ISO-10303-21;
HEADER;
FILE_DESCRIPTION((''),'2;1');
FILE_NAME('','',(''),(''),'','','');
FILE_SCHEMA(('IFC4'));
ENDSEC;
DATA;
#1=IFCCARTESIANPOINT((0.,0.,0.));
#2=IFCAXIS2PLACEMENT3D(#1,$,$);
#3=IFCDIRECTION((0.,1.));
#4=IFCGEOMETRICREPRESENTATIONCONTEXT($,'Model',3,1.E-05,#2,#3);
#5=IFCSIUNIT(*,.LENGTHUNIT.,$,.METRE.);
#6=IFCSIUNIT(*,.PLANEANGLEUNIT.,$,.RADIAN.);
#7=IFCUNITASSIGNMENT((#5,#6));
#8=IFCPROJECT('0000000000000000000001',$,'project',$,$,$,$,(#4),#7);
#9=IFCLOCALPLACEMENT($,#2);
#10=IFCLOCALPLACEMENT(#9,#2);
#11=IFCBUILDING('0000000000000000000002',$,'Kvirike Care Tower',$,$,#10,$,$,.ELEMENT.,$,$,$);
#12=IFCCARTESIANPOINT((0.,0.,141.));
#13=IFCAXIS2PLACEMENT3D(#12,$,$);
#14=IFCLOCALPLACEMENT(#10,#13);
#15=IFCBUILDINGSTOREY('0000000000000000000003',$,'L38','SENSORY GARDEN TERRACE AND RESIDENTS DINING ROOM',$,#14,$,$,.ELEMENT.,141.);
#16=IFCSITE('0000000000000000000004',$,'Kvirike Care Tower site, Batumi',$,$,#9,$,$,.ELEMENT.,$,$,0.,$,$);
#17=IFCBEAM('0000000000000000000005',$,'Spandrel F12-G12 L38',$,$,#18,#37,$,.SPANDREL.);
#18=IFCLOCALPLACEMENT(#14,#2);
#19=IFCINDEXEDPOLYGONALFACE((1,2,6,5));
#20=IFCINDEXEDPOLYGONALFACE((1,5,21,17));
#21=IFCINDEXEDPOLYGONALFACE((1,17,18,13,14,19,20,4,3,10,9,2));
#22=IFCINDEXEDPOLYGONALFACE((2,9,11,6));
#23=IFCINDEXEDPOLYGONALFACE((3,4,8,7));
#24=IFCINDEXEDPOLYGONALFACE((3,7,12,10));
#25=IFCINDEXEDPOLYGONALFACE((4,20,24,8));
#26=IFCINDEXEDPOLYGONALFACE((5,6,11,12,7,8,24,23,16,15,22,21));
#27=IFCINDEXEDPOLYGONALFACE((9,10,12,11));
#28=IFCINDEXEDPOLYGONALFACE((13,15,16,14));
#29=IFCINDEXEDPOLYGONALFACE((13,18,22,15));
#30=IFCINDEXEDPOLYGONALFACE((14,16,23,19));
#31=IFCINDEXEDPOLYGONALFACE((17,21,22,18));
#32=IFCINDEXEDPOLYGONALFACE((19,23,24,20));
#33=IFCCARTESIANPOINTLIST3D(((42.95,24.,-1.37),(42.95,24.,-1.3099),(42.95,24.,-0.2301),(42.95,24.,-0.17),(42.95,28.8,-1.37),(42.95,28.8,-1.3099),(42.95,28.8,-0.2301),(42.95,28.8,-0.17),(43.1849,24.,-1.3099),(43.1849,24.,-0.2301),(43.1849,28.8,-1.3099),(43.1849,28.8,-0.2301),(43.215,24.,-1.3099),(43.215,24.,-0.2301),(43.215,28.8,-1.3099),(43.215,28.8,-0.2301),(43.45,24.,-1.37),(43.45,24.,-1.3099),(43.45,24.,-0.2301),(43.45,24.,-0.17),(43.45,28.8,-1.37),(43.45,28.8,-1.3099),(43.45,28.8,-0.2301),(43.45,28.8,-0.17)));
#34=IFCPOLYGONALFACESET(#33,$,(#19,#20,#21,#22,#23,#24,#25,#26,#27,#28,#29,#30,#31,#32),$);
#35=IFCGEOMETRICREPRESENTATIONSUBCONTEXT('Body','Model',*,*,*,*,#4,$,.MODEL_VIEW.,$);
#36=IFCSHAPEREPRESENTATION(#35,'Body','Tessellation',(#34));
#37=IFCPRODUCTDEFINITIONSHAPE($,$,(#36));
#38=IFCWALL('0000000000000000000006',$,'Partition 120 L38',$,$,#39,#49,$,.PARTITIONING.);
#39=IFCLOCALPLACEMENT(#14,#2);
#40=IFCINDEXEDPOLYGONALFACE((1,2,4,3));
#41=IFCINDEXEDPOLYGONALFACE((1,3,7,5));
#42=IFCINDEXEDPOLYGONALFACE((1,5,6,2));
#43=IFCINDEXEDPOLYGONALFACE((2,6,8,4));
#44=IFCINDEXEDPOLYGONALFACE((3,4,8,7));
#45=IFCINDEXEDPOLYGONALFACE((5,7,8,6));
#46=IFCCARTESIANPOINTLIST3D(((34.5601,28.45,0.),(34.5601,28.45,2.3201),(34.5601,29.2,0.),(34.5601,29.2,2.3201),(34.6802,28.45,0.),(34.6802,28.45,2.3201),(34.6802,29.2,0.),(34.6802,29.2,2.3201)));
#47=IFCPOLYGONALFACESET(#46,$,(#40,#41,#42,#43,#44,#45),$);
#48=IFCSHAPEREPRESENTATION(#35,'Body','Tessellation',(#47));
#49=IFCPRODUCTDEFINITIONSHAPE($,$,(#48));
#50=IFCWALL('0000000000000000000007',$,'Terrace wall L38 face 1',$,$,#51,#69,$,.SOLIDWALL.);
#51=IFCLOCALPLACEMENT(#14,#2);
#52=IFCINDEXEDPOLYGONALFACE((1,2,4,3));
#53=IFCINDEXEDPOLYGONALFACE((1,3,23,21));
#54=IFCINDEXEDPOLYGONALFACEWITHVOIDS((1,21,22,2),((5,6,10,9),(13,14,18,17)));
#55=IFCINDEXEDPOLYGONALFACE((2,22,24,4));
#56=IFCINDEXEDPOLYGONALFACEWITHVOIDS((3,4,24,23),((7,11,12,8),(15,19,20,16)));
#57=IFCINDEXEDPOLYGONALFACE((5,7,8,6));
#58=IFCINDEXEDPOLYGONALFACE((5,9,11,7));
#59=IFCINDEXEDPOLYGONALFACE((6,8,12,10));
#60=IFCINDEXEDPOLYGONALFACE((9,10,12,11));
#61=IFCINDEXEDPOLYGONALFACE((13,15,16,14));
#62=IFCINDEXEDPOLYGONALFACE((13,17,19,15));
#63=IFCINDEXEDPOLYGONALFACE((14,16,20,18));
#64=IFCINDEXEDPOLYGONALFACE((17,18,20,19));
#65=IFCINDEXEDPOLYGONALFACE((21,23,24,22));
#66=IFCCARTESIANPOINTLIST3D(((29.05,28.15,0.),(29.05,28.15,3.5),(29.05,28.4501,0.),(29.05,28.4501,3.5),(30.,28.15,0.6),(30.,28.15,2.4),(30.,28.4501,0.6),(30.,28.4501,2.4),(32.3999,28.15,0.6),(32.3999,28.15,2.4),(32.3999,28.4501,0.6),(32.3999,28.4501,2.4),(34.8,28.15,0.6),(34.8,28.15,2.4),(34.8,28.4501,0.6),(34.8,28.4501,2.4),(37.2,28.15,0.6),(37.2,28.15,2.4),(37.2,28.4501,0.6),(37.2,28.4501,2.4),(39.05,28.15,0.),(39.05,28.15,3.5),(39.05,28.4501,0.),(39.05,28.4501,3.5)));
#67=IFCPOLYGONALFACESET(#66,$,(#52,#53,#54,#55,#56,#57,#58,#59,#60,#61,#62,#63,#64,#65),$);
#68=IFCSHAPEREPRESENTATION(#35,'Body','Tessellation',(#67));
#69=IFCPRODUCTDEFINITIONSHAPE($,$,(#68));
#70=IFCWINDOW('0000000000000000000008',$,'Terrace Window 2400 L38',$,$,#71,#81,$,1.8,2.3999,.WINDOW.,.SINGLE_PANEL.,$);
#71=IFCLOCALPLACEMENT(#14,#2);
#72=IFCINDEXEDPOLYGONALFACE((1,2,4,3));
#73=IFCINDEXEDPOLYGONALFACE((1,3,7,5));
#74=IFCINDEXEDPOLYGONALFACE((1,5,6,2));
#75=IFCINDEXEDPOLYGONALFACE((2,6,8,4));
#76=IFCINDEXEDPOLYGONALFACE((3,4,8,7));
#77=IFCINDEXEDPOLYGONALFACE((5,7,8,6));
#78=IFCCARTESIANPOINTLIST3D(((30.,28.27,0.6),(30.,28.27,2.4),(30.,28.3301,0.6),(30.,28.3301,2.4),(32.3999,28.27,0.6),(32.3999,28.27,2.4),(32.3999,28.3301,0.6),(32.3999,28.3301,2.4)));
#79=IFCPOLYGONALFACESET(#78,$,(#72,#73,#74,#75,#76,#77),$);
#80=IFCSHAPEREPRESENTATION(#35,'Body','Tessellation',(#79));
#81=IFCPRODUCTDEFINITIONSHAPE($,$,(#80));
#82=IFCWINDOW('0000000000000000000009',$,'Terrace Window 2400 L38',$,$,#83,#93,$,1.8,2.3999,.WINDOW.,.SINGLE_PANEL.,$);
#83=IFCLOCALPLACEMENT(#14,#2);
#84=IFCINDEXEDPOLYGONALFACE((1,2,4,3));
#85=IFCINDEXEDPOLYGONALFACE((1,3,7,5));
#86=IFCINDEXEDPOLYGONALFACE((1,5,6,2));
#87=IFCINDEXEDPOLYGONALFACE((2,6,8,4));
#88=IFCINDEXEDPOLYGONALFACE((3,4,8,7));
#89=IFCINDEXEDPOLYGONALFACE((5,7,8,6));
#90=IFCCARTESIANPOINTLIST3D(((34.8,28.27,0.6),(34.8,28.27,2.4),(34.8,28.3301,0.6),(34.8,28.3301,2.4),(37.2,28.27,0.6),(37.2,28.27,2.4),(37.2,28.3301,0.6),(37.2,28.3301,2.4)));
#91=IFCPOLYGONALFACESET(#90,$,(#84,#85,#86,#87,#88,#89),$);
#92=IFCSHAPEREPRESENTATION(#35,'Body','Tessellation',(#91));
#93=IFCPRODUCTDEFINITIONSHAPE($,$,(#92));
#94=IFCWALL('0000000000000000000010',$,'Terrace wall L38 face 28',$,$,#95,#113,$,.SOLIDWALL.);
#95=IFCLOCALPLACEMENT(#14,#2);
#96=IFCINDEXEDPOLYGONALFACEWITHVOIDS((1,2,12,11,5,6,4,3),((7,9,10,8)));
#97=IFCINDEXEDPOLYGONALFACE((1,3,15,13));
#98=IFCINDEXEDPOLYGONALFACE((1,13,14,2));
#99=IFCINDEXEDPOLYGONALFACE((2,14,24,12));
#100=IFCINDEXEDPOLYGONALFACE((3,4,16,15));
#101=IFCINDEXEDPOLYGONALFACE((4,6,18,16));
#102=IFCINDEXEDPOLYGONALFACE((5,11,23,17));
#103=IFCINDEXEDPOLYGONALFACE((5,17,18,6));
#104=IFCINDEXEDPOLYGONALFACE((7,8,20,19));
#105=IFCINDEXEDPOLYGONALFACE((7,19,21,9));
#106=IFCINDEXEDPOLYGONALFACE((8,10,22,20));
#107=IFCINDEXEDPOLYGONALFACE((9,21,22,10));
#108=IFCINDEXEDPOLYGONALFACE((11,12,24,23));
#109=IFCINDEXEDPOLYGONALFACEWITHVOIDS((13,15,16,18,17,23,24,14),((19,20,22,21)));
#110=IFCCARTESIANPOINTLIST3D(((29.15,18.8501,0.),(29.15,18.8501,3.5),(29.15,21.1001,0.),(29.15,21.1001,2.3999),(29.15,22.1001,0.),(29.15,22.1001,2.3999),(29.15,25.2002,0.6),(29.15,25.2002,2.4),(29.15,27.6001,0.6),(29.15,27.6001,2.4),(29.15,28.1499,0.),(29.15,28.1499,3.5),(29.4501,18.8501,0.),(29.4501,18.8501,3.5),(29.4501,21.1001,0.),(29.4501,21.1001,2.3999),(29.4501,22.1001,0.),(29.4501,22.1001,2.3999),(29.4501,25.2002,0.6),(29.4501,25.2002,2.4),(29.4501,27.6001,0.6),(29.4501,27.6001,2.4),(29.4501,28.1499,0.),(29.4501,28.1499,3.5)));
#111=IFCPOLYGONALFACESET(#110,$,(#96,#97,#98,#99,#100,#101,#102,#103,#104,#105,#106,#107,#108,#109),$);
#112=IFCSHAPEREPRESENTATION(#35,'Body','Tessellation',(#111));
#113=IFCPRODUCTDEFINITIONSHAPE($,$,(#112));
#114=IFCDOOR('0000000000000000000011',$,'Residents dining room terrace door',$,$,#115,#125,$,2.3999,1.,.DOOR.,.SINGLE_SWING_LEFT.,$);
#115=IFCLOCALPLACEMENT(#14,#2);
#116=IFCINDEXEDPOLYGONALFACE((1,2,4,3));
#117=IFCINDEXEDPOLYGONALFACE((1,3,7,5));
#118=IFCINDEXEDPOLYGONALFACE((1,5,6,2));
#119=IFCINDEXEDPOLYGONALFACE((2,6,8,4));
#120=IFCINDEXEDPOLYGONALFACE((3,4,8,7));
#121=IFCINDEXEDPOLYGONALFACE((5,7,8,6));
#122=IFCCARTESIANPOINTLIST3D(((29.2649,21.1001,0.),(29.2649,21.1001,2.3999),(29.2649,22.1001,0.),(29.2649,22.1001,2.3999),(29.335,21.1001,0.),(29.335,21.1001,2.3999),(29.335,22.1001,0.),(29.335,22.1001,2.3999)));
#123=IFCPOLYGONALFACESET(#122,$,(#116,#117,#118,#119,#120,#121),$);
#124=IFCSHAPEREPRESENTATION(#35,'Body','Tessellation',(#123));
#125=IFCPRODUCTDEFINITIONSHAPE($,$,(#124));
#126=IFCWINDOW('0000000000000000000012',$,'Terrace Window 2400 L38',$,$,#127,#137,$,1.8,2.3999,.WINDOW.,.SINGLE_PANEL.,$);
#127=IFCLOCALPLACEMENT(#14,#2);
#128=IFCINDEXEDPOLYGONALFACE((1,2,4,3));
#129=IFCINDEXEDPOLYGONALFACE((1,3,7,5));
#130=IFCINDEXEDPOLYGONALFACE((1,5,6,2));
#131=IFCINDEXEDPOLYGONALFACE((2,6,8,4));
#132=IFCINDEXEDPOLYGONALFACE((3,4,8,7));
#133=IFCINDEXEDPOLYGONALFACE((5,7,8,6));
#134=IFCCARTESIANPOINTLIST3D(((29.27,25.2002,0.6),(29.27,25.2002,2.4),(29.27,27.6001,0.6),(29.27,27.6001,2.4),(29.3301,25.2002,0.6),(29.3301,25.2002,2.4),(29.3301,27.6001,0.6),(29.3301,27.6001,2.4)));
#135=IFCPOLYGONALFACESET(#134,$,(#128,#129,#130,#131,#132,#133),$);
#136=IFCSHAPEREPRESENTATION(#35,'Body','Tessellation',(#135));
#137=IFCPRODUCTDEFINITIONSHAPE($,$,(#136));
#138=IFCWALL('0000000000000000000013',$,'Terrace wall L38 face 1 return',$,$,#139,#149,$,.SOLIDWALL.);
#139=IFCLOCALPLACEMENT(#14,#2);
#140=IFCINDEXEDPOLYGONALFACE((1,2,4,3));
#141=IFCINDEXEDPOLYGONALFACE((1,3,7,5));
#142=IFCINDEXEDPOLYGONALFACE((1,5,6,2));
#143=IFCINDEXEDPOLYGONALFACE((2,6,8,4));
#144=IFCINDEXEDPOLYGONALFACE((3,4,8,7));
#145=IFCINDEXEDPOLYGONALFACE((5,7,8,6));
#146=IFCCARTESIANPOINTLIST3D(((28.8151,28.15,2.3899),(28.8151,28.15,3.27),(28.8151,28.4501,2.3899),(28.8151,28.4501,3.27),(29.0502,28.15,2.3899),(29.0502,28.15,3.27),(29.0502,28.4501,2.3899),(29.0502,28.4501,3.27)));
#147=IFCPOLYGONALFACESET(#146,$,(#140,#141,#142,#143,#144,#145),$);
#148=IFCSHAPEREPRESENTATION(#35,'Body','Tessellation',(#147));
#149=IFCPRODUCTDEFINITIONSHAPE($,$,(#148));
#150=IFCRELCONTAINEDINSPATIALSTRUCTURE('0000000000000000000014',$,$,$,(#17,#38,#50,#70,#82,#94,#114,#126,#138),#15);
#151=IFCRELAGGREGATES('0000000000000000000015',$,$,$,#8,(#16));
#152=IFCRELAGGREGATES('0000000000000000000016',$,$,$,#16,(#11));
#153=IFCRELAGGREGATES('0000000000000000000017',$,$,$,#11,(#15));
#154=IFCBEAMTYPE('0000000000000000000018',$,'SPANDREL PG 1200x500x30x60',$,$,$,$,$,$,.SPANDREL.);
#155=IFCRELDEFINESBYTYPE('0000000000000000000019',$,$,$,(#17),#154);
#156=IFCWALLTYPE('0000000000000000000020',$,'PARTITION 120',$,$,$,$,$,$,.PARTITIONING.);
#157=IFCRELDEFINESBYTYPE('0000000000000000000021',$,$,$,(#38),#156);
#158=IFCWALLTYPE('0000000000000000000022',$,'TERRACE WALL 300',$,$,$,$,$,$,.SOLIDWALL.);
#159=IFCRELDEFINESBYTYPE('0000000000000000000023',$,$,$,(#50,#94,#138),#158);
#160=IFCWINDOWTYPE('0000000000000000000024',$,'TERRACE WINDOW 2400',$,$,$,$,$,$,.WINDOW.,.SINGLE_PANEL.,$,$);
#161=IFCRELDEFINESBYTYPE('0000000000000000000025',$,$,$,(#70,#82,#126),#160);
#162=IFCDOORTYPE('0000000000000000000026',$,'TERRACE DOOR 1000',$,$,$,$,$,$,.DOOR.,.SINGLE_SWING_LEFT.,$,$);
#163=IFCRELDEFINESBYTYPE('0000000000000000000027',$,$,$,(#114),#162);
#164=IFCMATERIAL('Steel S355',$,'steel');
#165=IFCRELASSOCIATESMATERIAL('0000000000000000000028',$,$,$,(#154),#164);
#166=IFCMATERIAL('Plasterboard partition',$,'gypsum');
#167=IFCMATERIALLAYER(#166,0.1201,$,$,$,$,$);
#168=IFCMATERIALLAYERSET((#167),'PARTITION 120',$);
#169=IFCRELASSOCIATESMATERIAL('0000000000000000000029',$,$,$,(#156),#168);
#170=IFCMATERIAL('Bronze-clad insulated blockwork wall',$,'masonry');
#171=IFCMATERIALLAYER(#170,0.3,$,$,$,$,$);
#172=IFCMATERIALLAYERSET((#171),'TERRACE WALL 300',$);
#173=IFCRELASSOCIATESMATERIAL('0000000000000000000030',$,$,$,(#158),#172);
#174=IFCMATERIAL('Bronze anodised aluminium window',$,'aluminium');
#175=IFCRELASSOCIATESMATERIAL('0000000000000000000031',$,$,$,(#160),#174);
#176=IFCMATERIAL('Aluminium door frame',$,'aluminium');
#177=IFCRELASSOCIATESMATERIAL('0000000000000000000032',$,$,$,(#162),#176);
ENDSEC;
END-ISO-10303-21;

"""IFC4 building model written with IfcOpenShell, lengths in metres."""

from ifc_helpers import new_model, si_unit, direction, frame, frame_2d, origin, origin_2d, place, context, subcontext, project, spatial, rectangle, i_section, extrude, material, layer, layer_set, material_profile, profile_set, type_object, element, fill, save


model = new_model("IFC4")

# Units and contexts
model_context = context("Model", 3, precision=1e-05, world=origin(), true_north=direction((0.0, 1.0)))
body_context = subcontext(model_context, "Body", "Model", "MODEL_VIEW")
ifc_project = project(units=[si_unit("LENGTHUNIT", "METRE"), si_unit("PLANEANGLEUNIT", "RADIAN")], contexts=[model_context])

# Site, building, storey
site_placement = place(None, origin())
site = spatial("IfcSite", under=ifc_project, at=site_placement, Name="Kvirike Care Tower site, Batumi", CompositionType="ELEMENT", RefElevation=0.0)
building_placement = place(site_placement, origin())
building = spatial("IfcBuilding", under=site, at=building_placement, Name="Kvirike Care Tower", CompositionType="ELEMENT")
storey_placement = place(building_placement, frame((0.0, 0.0, 141.0)))
storey = spatial("IfcBuildingStorey", under=building, at=storey_placement, Name="L38", Description="SENSORY GARDEN TERRACE AND RESIDENTS DINING ROOM", CompositionType="ELEMENT", Elevation=141.0)

# Beam
ifc_material_1 = material(Name="Steel S355", Category="steel")
ifc_material_profile_1 = material_profile(ifc_material_1, i_section(OverallWidth=0.5, OverallDepth=1.2, WebThickness=0.03, FlangeThickness=0.0601, at=origin_2d()), Name="PG 1200x500x30x60")
ifc_profile_set_1 = profile_set([ifc_material_profile_1], Name="Steel S355")
beam_type_1 = type_object("IfcBeamType", Name="SPANDREL PG 1200x500x30x60", PredefinedType="SPANDREL", material=ifc_profile_set_1)
for number, where, z_axis, x_axis, name in (
    (1, (43.2, 24.0, -0.77), (0.0, 1.0, 0.0), (-1.0, 0.0, 0.0), "Spandrel F12-G12 L38"),
):
    element("IfcBeam", number, at=place(storey_placement, frame(where, z_axis=z_axis, x_axis=x_axis)), inside=storey, type_object=beam_type_1, Name=name, PredefinedType="SPANDREL", context=body_context, shape_type="SweptSolid", body=[
        extrude(i_section(OverallWidth=0.5, OverallDepth=1.2, WebThickness=0.03, FlangeThickness=0.0601, at=origin_2d()), origin(), (0.0, 0.0, 1.0), 4.8),
    ])

# Wall
ifc_material_2 = material(Name="Plasterboard partition", Category="gypsum")
ifc_layer_1 = layer(ifc_material_2, 0.1201)
ifc_layer_set_1 = layer_set([ifc_layer_1], Name="PARTITION 120")
wall_type_1 = type_object("IfcWallType", Name="PARTITION 120", PredefinedType="PARTITIONING", material=ifc_layer_set_1)
wall_1_placement = place(storey_placement, frame((34.6201, 28.45, 0.0), z_axis=(0.0, 0.0, 1.0), x_axis=(0.0, 1.0, 0.0)))
element("IfcWall", 2, at=wall_1_placement, inside=storey, type_object=wall_type_1, Name="Partition 120 L38", PredefinedType="PARTITIONING", context=body_context, shape_type="SweptSolid", body=[
    extrude(rectangle(XDim=0.75, YDim=0.1201, at=frame_2d((0.375, 0.0))), origin(), (0.0, 0.0, 1.0), 2.3201),
])

# Wall, openings, windows
ifc_material_3 = material(Name="Bronze-clad insulated blockwork wall", Category="masonry")
ifc_layer_2 = layer(ifc_material_3, 0.3)
ifc_layer_set_2 = layer_set([ifc_layer_2], Name="TERRACE WALL 300")
wall_type_2 = type_object("IfcWallType", Name="TERRACE WALL 300", PredefinedType="SOLIDWALL", material=ifc_layer_set_2)
wall_2_placement = place(storey_placement, frame((29.05, 28.3, 0.0), z_axis=(0.0, 0.0, 1.0), x_axis=(1.0, 0.0, 0.0)))
wall_2 = element("IfcWall", 3, at=wall_2_placement, inside=storey, type_object=wall_type_2, Name="Terrace wall L38 face 1", PredefinedType="SOLIDWALL", context=body_context, shape_type="SweptSolid", body=[
    extrude(rectangle(XDim=10.0, YDim=0.3, at=frame_2d((5.0, 0.0))), origin(), (0.0, 0.0, 1.0), 3.5),
])
opening_1_placement = place(wall_2_placement, frame((0.95, 0.0, 0.6001)))
opening_1 = element("IfcOpeningElement", 4, at=opening_1_placement, cuts=wall_2, PredefinedType="OPENING", context=body_context, shape_type="SweptSolid", body=[
    extrude(rectangle(XDim=2.3999, YDim=1.8, at=frame_2d((1.2, 0.8999))), frame((0.0, 0.1606, 0.0), z_axis=(0.0, -1.0, 0.0), x_axis=(1.0, 0.0, 0.0)), (0.0, 0.0, 1.0), 0.321),
])
opening_2_placement = place(wall_2_placement, frame((5.75, 0.0, 0.6001)))
opening_2 = element("IfcOpeningElement", 5, at=opening_2_placement, cuts=wall_2, PredefinedType="OPENING", context=body_context, shape_type="SweptSolid", body=[
    extrude(rectangle(XDim=2.3999, YDim=1.8, at=frame_2d((1.2, 0.8999))), frame((0.0, 0.1606, 0.0), z_axis=(0.0, -1.0, 0.0), x_axis=(1.0, 0.0, 0.0)), (0.0, 0.0, 1.0), 0.321),
])
ifc_material_4 = material(Name="Bronze anodised aluminium window", Category="aluminium")
window_type = type_object("IfcWindowType", Name="TERRACE WINDOW 2400", PartitioningType="SINGLE_PANEL", PredefinedType="WINDOW", material=ifc_material_4)
window_1_placement = place(opening_1_placement, origin())
window_1 = element("IfcWindow", 6, at=window_1_placement, inside=storey, type_object=window_type, Name="Terrace Window 2400 L38", OverallHeight=1.8, OverallWidth=2.3999, PartitioningType="SINGLE_PANEL", PredefinedType="WINDOW", context=body_context, shape_type="SweptSolid", body=[
    extrude(rectangle(XDim=2.3999, YDim=1.8, at=frame_2d((1.2, 0.8999))), frame((0.0, 0.03, 0.0), z_axis=(0.0, -1.0, 0.0), x_axis=(1.0, 0.0, 0.0)), (0.0, 0.0, 1.0), 0.0601),
])
fill(opening_1, window_1)
window_2_placement = place(opening_2_placement, origin())
window_2 = element("IfcWindow", 7, at=window_2_placement, inside=storey, type_object=window_type, Name="Terrace Window 2400 L38", OverallHeight=1.8, OverallWidth=2.3999, PartitioningType="SINGLE_PANEL", PredefinedType="WINDOW", context=body_context, shape_type="SweptSolid", body=[
    extrude(rectangle(XDim=2.3999, YDim=1.8, at=frame_2d((1.2, 0.8999))), frame((0.0, 0.03, 0.0), z_axis=(0.0, -1.0, 0.0), x_axis=(1.0, 0.0, 0.0)), (0.0, 0.0, 1.0), 0.0601),
])
fill(opening_2, window_2)

# Shared definitions
ifc_material_5 = material(Name="Aluminium door frame", Category="aluminium")
door_type = type_object("IfcDoorType", Name="TERRACE DOOR 1000", OperationType="SINGLE_SWING_LEFT", PredefinedType="DOOR", material=ifc_material_5)

# Wall, openings, door, window
wall_3_placement = place(storey_placement, frame((29.3, 18.8501, 0.0), z_axis=(0.0, 0.0, 1.0), x_axis=(0.0, 1.0, 0.0)))
wall_3 = element("IfcWall", 8, at=wall_3_placement, inside=storey, type_object=wall_type_2, Name="Terrace wall L38 face 28", PredefinedType="SOLIDWALL", context=body_context, shape_type="SweptSolid", body=[
    extrude(rectangle(XDim=9.2998, YDim=0.3, at=frame_2d((4.6499, 0.0))), origin(), (0.0, 0.0, 1.0), 3.5),
])
opening_3_placement = place(wall_3_placement, frame((2.25, 0.0, 0.0)))
opening_3 = element("IfcOpeningElement", 9, at=opening_3_placement, cuts=wall_3, PredefinedType="OPENING", context=body_context, shape_type="SweptSolid", body=[
    extrude(rectangle(XDim=1.0, YDim=2.3999, at=frame_2d((0.5, 1.2))), frame((0.0, 0.1606, 0.0), z_axis=(0.0, -1.0, 0.0), x_axis=(1.0, 0.0, 0.0)), (0.0, 0.0, 1.0), 0.321),
])
opening_4_placement = place(wall_3_placement, frame((6.3501, 0.0, 0.6001)))
opening_4 = element("IfcOpeningElement", 10, at=opening_4_placement, cuts=wall_3, PredefinedType="OPENING", context=body_context, shape_type="SweptSolid", body=[
    extrude(rectangle(XDim=2.3999, YDim=1.8, at=frame_2d((1.2, 0.8999))), frame((0.0, 0.1606, 0.0), z_axis=(0.0, -1.0, 0.0), x_axis=(1.0, 0.0, 0.0)), (0.0, 0.0, 1.0), 0.321),
])
door_1_placement = place(opening_3_placement, origin())
door_1 = element("IfcDoor", 11, at=door_1_placement, inside=storey, type_object=door_type, Name="Residents dining room terrace door", OperationType="SINGLE_SWING_LEFT", OverallHeight=2.3999, OverallWidth=1.0, PredefinedType="DOOR", context=body_context, shape_type="SweptSolid", body=[
    extrude(rectangle(XDim=1.0, YDim=2.3999, at=frame_2d((0.5, 1.2))), frame((0.0, 0.0352, 0.0), z_axis=(0.0, -1.0, 0.0), x_axis=(1.0, 0.0, 0.0)), (0.0, 0.0, 1.0), 0.0701),
])
fill(opening_3, door_1)
window_3_placement = place(opening_4_placement, origin())
window_3 = element("IfcWindow", 12, at=window_3_placement, inside=storey, type_object=window_type, Name="Terrace Window 2400 L38", OverallHeight=1.8, OverallWidth=2.3999, PartitioningType="SINGLE_PANEL", PredefinedType="WINDOW", context=body_context, shape_type="SweptSolid", body=[
    extrude(rectangle(XDim=2.3999, YDim=1.8, at=frame_2d((1.2, 0.8999))), frame((0.0, 0.03, 0.0), z_axis=(0.0, -1.0, 0.0), x_axis=(1.0, 0.0, 0.0)), (0.0, 0.0, 1.0), 0.0601),
])
fill(opening_4, window_3)

# Wall
wall_4_placement = place(storey_placement, frame((28.8149, 28.3, 2.3899), z_axis=(0.0, 0.0, 1.0), x_axis=(1.0, 0.0, 0.0)))
element("IfcWall", 13, at=wall_4_placement, inside=storey, type_object=wall_type_2, Name="Terrace wall L38 face 1 return", PredefinedType="SOLIDWALL", context=body_context, shape_type="SweptSolid", body=[
    extrude(rectangle(XDim=0.2351, YDim=0.3, at=frame_2d((0.1177, 0.0))), origin(), (0.0, 0.0, 1.0), 0.8801),
])

save(model, "model.ifc")
